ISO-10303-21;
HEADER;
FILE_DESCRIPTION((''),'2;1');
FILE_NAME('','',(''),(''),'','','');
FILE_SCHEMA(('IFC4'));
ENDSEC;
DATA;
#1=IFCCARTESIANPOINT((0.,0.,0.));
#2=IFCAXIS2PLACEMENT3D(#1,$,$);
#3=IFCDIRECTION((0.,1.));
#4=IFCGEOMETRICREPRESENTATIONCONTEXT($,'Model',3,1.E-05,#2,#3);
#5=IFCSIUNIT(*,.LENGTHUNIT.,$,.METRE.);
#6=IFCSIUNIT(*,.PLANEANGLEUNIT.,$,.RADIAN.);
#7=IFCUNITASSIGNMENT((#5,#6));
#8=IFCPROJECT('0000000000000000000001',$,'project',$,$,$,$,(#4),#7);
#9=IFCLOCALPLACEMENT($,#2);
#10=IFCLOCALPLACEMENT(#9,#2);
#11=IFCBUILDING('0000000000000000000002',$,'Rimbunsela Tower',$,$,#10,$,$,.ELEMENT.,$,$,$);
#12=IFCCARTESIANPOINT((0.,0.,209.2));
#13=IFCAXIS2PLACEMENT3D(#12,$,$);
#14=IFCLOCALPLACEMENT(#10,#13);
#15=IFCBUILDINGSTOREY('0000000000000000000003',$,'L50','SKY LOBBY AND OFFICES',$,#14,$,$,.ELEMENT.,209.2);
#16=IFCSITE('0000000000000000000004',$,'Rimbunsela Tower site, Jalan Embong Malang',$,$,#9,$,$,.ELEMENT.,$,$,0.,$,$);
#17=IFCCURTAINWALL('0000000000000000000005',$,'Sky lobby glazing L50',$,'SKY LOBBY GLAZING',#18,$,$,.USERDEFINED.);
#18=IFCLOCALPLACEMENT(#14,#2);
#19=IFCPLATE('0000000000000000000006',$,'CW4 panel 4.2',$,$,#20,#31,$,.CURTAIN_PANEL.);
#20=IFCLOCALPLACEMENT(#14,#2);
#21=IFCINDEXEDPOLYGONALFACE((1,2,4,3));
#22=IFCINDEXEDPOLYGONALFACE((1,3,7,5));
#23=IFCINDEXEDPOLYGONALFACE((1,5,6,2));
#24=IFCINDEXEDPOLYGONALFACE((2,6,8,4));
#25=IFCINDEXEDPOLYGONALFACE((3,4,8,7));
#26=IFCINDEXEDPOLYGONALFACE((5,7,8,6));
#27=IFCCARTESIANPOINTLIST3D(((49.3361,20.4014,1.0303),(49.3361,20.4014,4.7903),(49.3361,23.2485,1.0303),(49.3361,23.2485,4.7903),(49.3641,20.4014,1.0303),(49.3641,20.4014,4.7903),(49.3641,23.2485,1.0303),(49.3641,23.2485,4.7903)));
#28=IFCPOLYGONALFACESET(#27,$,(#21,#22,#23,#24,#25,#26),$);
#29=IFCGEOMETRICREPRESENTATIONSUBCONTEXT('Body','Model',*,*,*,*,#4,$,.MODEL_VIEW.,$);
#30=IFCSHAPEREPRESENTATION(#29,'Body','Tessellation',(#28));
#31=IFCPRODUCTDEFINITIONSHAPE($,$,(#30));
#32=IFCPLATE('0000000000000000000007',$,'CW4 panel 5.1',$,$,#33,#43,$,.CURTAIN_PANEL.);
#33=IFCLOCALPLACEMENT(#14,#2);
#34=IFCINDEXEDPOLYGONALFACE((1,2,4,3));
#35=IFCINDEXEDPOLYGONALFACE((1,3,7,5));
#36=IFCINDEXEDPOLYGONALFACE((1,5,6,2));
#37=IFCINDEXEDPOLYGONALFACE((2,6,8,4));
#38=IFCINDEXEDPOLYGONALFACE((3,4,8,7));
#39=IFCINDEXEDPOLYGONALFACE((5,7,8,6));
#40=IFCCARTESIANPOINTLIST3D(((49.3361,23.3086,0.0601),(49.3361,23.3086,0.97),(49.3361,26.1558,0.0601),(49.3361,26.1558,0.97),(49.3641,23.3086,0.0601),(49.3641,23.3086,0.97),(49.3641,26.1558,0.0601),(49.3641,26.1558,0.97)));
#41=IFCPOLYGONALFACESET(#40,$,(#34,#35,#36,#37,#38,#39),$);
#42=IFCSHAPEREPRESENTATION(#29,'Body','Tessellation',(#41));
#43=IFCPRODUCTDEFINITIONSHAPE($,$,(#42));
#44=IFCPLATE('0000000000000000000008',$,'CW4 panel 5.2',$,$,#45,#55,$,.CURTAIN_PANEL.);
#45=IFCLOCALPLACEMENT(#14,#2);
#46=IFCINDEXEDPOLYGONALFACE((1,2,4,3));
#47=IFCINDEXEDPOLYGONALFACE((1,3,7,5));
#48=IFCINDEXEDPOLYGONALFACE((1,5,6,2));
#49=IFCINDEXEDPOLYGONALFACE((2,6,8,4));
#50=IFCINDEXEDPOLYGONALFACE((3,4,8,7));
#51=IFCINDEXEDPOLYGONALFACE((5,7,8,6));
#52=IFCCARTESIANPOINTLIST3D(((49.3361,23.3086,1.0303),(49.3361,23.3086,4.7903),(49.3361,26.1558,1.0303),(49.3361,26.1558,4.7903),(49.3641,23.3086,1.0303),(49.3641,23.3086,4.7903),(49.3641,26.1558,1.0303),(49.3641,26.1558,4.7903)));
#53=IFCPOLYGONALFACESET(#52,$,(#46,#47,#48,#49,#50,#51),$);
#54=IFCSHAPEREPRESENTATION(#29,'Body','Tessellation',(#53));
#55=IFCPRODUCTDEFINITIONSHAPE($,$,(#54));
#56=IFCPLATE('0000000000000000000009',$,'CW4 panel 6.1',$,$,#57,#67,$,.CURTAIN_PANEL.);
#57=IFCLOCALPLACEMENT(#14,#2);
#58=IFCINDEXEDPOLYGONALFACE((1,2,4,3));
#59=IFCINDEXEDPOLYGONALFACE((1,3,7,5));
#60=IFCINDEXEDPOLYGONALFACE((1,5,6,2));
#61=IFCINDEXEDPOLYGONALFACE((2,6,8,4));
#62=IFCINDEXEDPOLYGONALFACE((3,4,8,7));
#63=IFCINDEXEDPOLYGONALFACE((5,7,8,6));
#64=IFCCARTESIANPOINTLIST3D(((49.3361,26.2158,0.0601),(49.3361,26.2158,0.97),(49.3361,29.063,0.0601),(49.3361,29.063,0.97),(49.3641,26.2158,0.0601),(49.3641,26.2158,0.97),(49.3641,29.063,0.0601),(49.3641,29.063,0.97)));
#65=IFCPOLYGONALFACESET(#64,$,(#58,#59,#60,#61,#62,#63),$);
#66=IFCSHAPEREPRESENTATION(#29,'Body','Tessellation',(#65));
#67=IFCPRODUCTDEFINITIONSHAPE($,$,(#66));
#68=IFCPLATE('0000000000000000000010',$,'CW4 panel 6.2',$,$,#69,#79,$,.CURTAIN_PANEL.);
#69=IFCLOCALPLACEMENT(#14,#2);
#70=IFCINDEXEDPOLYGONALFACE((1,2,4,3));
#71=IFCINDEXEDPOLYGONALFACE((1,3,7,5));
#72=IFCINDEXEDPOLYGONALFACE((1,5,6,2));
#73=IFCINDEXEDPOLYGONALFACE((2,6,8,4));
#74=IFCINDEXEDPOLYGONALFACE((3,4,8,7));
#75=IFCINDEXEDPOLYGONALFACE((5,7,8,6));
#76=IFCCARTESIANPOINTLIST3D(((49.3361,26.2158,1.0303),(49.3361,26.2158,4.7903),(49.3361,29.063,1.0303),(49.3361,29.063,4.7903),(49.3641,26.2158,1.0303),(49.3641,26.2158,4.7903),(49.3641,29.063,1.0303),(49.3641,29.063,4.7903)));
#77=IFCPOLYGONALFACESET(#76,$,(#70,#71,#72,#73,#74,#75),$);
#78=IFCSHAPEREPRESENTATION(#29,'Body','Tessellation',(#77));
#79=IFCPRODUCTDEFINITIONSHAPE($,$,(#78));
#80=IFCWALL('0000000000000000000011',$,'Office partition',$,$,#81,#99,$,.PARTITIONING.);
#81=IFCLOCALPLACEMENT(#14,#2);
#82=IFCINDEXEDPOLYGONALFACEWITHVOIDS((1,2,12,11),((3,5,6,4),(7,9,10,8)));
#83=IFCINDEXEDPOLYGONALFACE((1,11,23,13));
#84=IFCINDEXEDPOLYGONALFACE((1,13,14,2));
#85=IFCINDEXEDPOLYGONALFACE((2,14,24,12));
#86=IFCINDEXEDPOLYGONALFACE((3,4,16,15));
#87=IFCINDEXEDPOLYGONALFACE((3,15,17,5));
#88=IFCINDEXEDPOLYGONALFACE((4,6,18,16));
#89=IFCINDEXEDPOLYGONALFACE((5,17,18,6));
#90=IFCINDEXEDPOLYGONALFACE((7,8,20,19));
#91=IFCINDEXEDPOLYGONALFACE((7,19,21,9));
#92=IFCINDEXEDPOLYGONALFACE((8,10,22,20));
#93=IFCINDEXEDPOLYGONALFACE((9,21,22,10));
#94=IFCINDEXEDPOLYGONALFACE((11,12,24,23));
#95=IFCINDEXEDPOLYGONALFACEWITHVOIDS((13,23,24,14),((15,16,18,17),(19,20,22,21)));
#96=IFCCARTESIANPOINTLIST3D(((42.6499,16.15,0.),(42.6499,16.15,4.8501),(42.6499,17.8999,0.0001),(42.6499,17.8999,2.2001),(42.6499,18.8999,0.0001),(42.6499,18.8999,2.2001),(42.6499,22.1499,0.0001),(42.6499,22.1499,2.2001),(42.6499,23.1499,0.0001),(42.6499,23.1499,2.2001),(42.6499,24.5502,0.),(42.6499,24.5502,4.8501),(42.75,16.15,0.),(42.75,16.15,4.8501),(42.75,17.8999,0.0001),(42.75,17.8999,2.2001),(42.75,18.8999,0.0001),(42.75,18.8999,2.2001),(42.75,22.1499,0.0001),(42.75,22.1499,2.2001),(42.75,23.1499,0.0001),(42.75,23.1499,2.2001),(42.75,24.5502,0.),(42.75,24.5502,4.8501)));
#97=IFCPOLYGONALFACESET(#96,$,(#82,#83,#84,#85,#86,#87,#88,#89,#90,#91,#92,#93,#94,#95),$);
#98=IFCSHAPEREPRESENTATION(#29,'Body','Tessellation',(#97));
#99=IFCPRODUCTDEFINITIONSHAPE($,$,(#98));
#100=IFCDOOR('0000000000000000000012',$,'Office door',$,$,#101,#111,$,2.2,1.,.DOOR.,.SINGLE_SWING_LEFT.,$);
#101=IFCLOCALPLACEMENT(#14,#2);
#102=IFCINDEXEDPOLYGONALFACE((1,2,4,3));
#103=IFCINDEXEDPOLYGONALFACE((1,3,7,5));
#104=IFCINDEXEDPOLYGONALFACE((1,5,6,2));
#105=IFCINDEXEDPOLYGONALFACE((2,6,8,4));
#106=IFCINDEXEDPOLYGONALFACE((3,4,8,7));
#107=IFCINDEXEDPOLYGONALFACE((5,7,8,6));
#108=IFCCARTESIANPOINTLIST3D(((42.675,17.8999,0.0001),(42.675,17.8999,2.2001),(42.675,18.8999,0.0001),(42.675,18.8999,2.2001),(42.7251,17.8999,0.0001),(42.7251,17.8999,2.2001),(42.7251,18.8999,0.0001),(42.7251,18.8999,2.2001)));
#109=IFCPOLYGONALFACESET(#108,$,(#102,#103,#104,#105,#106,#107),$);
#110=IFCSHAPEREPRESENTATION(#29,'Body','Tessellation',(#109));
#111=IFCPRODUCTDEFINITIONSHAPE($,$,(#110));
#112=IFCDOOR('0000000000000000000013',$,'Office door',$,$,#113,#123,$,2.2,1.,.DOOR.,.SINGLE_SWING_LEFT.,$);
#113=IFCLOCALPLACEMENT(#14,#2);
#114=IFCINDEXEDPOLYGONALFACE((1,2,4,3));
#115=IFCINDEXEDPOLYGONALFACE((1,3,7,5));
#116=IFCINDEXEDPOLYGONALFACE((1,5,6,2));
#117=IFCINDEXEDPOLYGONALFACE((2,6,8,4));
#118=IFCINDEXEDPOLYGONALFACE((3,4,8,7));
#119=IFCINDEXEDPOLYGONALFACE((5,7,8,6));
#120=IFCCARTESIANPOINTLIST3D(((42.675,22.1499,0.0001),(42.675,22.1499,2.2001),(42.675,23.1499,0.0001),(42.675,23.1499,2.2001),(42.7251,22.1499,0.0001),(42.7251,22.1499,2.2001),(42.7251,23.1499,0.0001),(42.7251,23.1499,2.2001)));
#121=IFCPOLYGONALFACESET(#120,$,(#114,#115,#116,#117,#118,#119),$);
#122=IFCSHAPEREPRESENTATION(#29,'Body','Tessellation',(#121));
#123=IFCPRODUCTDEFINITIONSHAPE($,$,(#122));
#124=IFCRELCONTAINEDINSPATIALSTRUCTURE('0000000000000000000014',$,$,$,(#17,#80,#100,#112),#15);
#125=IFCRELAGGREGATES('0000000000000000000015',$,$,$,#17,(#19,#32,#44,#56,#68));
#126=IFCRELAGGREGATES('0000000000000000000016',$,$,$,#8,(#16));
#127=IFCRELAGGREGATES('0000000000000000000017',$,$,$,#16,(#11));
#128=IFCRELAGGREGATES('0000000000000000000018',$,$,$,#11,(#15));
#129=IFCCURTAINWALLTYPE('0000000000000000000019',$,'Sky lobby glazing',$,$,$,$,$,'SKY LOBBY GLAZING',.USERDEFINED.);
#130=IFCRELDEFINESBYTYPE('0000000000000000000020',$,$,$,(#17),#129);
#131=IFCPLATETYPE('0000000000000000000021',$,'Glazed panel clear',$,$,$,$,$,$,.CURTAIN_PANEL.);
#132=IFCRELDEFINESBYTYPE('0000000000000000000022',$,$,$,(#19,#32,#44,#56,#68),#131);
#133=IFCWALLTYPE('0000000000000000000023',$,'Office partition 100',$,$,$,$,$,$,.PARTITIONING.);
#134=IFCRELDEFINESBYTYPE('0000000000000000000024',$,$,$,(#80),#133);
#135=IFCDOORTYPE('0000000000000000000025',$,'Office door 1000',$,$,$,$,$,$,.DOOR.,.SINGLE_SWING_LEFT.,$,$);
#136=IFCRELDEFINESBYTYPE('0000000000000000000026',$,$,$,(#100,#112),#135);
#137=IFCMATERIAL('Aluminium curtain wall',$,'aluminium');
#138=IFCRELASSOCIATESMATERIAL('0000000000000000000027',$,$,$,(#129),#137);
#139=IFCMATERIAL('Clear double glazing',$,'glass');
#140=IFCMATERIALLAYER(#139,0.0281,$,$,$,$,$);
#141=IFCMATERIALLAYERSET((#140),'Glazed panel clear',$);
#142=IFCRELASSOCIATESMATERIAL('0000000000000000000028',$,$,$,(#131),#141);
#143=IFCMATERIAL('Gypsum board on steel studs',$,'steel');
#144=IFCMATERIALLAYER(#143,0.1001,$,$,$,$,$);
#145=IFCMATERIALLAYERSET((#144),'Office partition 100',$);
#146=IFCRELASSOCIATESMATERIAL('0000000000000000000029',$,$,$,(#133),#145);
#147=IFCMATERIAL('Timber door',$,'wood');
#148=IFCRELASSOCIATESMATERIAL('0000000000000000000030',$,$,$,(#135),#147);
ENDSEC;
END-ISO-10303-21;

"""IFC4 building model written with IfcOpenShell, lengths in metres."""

from ifc_helpers import new_model, si_unit, direction, frame, frame_2d, origin, origin_2d, place, context, subcontext, project, spatial, rectangle, extrude, material, layer, layer_set, type_object, element, fill, aggregate, save


model = new_model("IFC4")

# Units and contexts
model_context = context("Model", 3, precision=1e-05, world=origin(), true_north=direction((0.0, 1.0)))
body_context = subcontext(model_context, "Body", "Model", "MODEL_VIEW")
ifc_project = project(units=[si_unit("LENGTHUNIT", "METRE"), si_unit("PLANEANGLEUNIT", "RADIAN")], contexts=[model_context])

# Site, building, storey
site_placement = place(None, origin())
site = spatial("IfcSite", under=ifc_project, at=site_placement, Name="Rimbunsela Tower site, Jalan Embong Malang", CompositionType="ELEMENT", RefElevation=0.0)
building_placement = place(site_placement, origin())
building = spatial("IfcBuilding", under=site, at=building_placement, Name="Rimbunsela Tower", CompositionType="ELEMENT")
storey_placement = place(building_placement, frame((0.0, 0.0, 209.2)))
storey = spatial("IfcBuildingStorey", under=building, at=storey_placement, Name="L50", Description="SKY LOBBY AND OFFICES", CompositionType="ELEMENT", Elevation=209.2)

# Curtain wall, plates
ifc_material_1 = material(Name="Aluminium curtain wall", Category="aluminium")
curtain_wall_type = type_object("IfcCurtainWallType", Name="Sky lobby glazing", ElementType="SKY LOBBY GLAZING", PredefinedType="USERDEFINED", material=ifc_material_1)
curtain_wall_placement = place(storey_placement, origin())
curtain_wall = element("IfcCurtainWall", 1, at=curtain_wall_placement, inside=storey, type_object=curtain_wall_type, Name="Sky lobby glazing L50", ObjectType="SKY LOBBY GLAZING", PredefinedType="USERDEFINED")
ifc_material_2 = material(Name="Clear double glazing", Category="glass")
ifc_layer_1 = layer(ifc_material_2, 0.0281)
ifc_layer_set_1 = layer_set([ifc_layer_1], Name="Glazed panel clear")
plate_type = type_object("IfcPlateType", Name="Glazed panel clear", PredefinedType="CURTAIN_PANEL", material=ifc_layer_set_1)
plate_1_placement = place(storey_placement, frame((49.3501, 21.825, 1.0303), z_axis=(0.0, 0.0, 1.0), x_axis=(0.0, 1.0, 0.0)))
plate_1 = element("IfcPlate", 2, at=plate_1_placement, type_object=plate_type, Name="CW4 panel 4.2", PredefinedType="CURTAIN_PANEL", context=body_context, shape_type="SweptSolid", body=[
    extrude(rectangle(XDim=2.8472, YDim=0.0281, at=origin_2d()), origin(), (0.0, 0.0, 1.0), 3.76),
])
plate_2_placement = place(storey_placement, frame((49.3501, 24.7322, 0.0601), z_axis=(0.0, 0.0, 1.0), x_axis=(0.0, 1.0, 0.0)))
plate_2 = element("IfcPlate", 3, at=plate_2_placement, type_object=plate_type, Name="CW4 panel 5.1", PredefinedType="CURTAIN_PANEL", context=body_context, shape_type="SweptSolid", body=[
    extrude(rectangle(XDim=2.8472, YDim=0.0281, at=origin_2d()), origin(), (0.0, 0.0, 1.0), 0.9099),
])
plate_3_placement = place(storey_placement, frame((49.3501, 24.7322, 1.0303), z_axis=(0.0, 0.0, 1.0), x_axis=(0.0, 1.0, 0.0)))
plate_3 = element("IfcPlate", 4, at=plate_3_placement, type_object=plate_type, Name="CW4 panel 5.2", PredefinedType="CURTAIN_PANEL", context=body_context, shape_type="SweptSolid", body=[
    extrude(rectangle(XDim=2.8472, YDim=0.0281, at=origin_2d()), origin(), (0.0, 0.0, 1.0), 3.76),
])
plate_4_placement = place(storey_placement, frame((49.3501, 27.6394, 0.0601), z_axis=(0.0, 0.0, 1.0), x_axis=(0.0, 1.0, 0.0)))
plate_4 = element("IfcPlate", 5, at=plate_4_placement, type_object=plate_type, Name="CW4 panel 6.1", PredefinedType="CURTAIN_PANEL", context=body_context, shape_type="SweptSolid", body=[
    extrude(rectangle(XDim=2.8472, YDim=0.0281, at=origin_2d()), origin(), (0.0, 0.0, 1.0), 0.9099),
])
plate_5_placement = place(storey_placement, frame((49.3501, 27.6394, 1.0303), z_axis=(0.0, 0.0, 1.0), x_axis=(0.0, 1.0, 0.0)))
plate_5 = element("IfcPlate", 6, at=plate_5_placement, type_object=plate_type, Name="CW4 panel 6.2", PredefinedType="CURTAIN_PANEL", context=body_context, shape_type="SweptSolid", body=[
    extrude(rectangle(XDim=2.8472, YDim=0.0281, at=origin_2d()), origin(), (0.0, 0.0, 1.0), 3.76),
])
aggregate(curtain_wall, [plate_1, plate_2, plate_3, plate_4, plate_5])

# Wall, openings, doors
ifc_material_3 = material(Name="Gypsum board on steel studs", Category="steel")
ifc_layer_2 = layer(ifc_material_3, 0.1001)
ifc_layer_set_2 = layer_set([ifc_layer_2], Name="Office partition 100")
wall_type = type_object("IfcWallType", Name="Office partition 100", PredefinedType="PARTITIONING", material=ifc_layer_set_2)
wall_placement = place(storey_placement, frame((42.7, 16.1499, 0.0), z_axis=(0.0, 0.0, 1.0), x_axis=(0.0, 1.0, 0.0)))
wall = element("IfcWall", 7, at=wall_placement, inside=storey, type_object=wall_type, Name="Office partition", PredefinedType="PARTITIONING", context=body_context, shape_type="SweptSolid", body=[
    extrude(rectangle(XDim=8.4001, YDim=0.1001, at=frame_2d((4.2002, 0.0))), origin(), (0.0, 0.0, 1.0), 4.8501),
])
opening_1_placement = place(wall_placement, frame((1.75, 0.0, 0.0)))
opening_1 = element("IfcOpeningElement", 8, at=opening_1_placement, cuts=wall, PredefinedType="OPENING", context=body_context, shape_type="SweptSolid", body=[
    extrude(rectangle(XDim=1.0, YDim=2.2, at=frame_2d((0.5, 1.1001))), frame((0.0, 0.0601, 0.0), z_axis=(0.0, -1.0, 0.0), x_axis=(1.0, 0.0, 0.0)), (0.0, 0.0, 1.0), 0.1201),
])
opening_2_placement = place(wall_placement, frame((6.0, 0.0, 0.0)))
opening_2 = element("IfcOpeningElement", 9, at=opening_2_placement, cuts=wall, PredefinedType="OPENING", context=body_context, shape_type="SweptSolid", body=[
    extrude(rectangle(XDim=1.0, YDim=2.2, at=frame_2d((0.5, 1.1001))), frame((0.0, 0.0601, 0.0), z_axis=(0.0, -1.0, 0.0), x_axis=(1.0, 0.0, 0.0)), (0.0, 0.0, 1.0), 0.1201),
])
ifc_material_4 = material(Name="Timber door", Category="wood")
door_type = type_object("IfcDoorType", Name="Office door 1000", OperationType="SINGLE_SWING_LEFT", PredefinedType="DOOR", material=ifc_material_4)
door_1_placement = place(opening_1_placement, origin())
door_1 = element("IfcDoor", 10, at=door_1_placement, inside=storey, type_object=door_type, Name="Office door", OperationType="SINGLE_SWING_LEFT", OverallHeight=2.2, OverallWidth=1.0, PredefinedType="DOOR", context=body_context, shape_type="SweptSolid", body=[
    extrude(rectangle(XDim=1.0, YDim=2.2, at=frame_2d((0.5, 1.1001))), frame((0.0, 0.0249, 0.0), z_axis=(0.0, -1.0, 0.0), x_axis=(1.0, 0.0, 0.0)), (0.0, 0.0, 1.0), 0.05),
])
fill(opening_1, door_1)
door_2_placement = place(opening_2_placement, origin())
door_2 = element("IfcDoor", 11, at=door_2_placement, inside=storey, type_object=door_type, Name="Office door", OperationType="SINGLE_SWING_LEFT", OverallHeight=2.2, OverallWidth=1.0, PredefinedType="DOOR", context=body_context, shape_type="SweptSolid", body=[
    extrude(rectangle(XDim=1.0, YDim=2.2, at=frame_2d((0.5, 1.1001))), frame((0.0, 0.0249, 0.0), z_axis=(0.0, -1.0, 0.0), x_axis=(1.0, 0.0, 0.0)), (0.0, 0.0, 1.0), 0.05),
])
fill(opening_2, door_2)

save(model, "model.ifc")
